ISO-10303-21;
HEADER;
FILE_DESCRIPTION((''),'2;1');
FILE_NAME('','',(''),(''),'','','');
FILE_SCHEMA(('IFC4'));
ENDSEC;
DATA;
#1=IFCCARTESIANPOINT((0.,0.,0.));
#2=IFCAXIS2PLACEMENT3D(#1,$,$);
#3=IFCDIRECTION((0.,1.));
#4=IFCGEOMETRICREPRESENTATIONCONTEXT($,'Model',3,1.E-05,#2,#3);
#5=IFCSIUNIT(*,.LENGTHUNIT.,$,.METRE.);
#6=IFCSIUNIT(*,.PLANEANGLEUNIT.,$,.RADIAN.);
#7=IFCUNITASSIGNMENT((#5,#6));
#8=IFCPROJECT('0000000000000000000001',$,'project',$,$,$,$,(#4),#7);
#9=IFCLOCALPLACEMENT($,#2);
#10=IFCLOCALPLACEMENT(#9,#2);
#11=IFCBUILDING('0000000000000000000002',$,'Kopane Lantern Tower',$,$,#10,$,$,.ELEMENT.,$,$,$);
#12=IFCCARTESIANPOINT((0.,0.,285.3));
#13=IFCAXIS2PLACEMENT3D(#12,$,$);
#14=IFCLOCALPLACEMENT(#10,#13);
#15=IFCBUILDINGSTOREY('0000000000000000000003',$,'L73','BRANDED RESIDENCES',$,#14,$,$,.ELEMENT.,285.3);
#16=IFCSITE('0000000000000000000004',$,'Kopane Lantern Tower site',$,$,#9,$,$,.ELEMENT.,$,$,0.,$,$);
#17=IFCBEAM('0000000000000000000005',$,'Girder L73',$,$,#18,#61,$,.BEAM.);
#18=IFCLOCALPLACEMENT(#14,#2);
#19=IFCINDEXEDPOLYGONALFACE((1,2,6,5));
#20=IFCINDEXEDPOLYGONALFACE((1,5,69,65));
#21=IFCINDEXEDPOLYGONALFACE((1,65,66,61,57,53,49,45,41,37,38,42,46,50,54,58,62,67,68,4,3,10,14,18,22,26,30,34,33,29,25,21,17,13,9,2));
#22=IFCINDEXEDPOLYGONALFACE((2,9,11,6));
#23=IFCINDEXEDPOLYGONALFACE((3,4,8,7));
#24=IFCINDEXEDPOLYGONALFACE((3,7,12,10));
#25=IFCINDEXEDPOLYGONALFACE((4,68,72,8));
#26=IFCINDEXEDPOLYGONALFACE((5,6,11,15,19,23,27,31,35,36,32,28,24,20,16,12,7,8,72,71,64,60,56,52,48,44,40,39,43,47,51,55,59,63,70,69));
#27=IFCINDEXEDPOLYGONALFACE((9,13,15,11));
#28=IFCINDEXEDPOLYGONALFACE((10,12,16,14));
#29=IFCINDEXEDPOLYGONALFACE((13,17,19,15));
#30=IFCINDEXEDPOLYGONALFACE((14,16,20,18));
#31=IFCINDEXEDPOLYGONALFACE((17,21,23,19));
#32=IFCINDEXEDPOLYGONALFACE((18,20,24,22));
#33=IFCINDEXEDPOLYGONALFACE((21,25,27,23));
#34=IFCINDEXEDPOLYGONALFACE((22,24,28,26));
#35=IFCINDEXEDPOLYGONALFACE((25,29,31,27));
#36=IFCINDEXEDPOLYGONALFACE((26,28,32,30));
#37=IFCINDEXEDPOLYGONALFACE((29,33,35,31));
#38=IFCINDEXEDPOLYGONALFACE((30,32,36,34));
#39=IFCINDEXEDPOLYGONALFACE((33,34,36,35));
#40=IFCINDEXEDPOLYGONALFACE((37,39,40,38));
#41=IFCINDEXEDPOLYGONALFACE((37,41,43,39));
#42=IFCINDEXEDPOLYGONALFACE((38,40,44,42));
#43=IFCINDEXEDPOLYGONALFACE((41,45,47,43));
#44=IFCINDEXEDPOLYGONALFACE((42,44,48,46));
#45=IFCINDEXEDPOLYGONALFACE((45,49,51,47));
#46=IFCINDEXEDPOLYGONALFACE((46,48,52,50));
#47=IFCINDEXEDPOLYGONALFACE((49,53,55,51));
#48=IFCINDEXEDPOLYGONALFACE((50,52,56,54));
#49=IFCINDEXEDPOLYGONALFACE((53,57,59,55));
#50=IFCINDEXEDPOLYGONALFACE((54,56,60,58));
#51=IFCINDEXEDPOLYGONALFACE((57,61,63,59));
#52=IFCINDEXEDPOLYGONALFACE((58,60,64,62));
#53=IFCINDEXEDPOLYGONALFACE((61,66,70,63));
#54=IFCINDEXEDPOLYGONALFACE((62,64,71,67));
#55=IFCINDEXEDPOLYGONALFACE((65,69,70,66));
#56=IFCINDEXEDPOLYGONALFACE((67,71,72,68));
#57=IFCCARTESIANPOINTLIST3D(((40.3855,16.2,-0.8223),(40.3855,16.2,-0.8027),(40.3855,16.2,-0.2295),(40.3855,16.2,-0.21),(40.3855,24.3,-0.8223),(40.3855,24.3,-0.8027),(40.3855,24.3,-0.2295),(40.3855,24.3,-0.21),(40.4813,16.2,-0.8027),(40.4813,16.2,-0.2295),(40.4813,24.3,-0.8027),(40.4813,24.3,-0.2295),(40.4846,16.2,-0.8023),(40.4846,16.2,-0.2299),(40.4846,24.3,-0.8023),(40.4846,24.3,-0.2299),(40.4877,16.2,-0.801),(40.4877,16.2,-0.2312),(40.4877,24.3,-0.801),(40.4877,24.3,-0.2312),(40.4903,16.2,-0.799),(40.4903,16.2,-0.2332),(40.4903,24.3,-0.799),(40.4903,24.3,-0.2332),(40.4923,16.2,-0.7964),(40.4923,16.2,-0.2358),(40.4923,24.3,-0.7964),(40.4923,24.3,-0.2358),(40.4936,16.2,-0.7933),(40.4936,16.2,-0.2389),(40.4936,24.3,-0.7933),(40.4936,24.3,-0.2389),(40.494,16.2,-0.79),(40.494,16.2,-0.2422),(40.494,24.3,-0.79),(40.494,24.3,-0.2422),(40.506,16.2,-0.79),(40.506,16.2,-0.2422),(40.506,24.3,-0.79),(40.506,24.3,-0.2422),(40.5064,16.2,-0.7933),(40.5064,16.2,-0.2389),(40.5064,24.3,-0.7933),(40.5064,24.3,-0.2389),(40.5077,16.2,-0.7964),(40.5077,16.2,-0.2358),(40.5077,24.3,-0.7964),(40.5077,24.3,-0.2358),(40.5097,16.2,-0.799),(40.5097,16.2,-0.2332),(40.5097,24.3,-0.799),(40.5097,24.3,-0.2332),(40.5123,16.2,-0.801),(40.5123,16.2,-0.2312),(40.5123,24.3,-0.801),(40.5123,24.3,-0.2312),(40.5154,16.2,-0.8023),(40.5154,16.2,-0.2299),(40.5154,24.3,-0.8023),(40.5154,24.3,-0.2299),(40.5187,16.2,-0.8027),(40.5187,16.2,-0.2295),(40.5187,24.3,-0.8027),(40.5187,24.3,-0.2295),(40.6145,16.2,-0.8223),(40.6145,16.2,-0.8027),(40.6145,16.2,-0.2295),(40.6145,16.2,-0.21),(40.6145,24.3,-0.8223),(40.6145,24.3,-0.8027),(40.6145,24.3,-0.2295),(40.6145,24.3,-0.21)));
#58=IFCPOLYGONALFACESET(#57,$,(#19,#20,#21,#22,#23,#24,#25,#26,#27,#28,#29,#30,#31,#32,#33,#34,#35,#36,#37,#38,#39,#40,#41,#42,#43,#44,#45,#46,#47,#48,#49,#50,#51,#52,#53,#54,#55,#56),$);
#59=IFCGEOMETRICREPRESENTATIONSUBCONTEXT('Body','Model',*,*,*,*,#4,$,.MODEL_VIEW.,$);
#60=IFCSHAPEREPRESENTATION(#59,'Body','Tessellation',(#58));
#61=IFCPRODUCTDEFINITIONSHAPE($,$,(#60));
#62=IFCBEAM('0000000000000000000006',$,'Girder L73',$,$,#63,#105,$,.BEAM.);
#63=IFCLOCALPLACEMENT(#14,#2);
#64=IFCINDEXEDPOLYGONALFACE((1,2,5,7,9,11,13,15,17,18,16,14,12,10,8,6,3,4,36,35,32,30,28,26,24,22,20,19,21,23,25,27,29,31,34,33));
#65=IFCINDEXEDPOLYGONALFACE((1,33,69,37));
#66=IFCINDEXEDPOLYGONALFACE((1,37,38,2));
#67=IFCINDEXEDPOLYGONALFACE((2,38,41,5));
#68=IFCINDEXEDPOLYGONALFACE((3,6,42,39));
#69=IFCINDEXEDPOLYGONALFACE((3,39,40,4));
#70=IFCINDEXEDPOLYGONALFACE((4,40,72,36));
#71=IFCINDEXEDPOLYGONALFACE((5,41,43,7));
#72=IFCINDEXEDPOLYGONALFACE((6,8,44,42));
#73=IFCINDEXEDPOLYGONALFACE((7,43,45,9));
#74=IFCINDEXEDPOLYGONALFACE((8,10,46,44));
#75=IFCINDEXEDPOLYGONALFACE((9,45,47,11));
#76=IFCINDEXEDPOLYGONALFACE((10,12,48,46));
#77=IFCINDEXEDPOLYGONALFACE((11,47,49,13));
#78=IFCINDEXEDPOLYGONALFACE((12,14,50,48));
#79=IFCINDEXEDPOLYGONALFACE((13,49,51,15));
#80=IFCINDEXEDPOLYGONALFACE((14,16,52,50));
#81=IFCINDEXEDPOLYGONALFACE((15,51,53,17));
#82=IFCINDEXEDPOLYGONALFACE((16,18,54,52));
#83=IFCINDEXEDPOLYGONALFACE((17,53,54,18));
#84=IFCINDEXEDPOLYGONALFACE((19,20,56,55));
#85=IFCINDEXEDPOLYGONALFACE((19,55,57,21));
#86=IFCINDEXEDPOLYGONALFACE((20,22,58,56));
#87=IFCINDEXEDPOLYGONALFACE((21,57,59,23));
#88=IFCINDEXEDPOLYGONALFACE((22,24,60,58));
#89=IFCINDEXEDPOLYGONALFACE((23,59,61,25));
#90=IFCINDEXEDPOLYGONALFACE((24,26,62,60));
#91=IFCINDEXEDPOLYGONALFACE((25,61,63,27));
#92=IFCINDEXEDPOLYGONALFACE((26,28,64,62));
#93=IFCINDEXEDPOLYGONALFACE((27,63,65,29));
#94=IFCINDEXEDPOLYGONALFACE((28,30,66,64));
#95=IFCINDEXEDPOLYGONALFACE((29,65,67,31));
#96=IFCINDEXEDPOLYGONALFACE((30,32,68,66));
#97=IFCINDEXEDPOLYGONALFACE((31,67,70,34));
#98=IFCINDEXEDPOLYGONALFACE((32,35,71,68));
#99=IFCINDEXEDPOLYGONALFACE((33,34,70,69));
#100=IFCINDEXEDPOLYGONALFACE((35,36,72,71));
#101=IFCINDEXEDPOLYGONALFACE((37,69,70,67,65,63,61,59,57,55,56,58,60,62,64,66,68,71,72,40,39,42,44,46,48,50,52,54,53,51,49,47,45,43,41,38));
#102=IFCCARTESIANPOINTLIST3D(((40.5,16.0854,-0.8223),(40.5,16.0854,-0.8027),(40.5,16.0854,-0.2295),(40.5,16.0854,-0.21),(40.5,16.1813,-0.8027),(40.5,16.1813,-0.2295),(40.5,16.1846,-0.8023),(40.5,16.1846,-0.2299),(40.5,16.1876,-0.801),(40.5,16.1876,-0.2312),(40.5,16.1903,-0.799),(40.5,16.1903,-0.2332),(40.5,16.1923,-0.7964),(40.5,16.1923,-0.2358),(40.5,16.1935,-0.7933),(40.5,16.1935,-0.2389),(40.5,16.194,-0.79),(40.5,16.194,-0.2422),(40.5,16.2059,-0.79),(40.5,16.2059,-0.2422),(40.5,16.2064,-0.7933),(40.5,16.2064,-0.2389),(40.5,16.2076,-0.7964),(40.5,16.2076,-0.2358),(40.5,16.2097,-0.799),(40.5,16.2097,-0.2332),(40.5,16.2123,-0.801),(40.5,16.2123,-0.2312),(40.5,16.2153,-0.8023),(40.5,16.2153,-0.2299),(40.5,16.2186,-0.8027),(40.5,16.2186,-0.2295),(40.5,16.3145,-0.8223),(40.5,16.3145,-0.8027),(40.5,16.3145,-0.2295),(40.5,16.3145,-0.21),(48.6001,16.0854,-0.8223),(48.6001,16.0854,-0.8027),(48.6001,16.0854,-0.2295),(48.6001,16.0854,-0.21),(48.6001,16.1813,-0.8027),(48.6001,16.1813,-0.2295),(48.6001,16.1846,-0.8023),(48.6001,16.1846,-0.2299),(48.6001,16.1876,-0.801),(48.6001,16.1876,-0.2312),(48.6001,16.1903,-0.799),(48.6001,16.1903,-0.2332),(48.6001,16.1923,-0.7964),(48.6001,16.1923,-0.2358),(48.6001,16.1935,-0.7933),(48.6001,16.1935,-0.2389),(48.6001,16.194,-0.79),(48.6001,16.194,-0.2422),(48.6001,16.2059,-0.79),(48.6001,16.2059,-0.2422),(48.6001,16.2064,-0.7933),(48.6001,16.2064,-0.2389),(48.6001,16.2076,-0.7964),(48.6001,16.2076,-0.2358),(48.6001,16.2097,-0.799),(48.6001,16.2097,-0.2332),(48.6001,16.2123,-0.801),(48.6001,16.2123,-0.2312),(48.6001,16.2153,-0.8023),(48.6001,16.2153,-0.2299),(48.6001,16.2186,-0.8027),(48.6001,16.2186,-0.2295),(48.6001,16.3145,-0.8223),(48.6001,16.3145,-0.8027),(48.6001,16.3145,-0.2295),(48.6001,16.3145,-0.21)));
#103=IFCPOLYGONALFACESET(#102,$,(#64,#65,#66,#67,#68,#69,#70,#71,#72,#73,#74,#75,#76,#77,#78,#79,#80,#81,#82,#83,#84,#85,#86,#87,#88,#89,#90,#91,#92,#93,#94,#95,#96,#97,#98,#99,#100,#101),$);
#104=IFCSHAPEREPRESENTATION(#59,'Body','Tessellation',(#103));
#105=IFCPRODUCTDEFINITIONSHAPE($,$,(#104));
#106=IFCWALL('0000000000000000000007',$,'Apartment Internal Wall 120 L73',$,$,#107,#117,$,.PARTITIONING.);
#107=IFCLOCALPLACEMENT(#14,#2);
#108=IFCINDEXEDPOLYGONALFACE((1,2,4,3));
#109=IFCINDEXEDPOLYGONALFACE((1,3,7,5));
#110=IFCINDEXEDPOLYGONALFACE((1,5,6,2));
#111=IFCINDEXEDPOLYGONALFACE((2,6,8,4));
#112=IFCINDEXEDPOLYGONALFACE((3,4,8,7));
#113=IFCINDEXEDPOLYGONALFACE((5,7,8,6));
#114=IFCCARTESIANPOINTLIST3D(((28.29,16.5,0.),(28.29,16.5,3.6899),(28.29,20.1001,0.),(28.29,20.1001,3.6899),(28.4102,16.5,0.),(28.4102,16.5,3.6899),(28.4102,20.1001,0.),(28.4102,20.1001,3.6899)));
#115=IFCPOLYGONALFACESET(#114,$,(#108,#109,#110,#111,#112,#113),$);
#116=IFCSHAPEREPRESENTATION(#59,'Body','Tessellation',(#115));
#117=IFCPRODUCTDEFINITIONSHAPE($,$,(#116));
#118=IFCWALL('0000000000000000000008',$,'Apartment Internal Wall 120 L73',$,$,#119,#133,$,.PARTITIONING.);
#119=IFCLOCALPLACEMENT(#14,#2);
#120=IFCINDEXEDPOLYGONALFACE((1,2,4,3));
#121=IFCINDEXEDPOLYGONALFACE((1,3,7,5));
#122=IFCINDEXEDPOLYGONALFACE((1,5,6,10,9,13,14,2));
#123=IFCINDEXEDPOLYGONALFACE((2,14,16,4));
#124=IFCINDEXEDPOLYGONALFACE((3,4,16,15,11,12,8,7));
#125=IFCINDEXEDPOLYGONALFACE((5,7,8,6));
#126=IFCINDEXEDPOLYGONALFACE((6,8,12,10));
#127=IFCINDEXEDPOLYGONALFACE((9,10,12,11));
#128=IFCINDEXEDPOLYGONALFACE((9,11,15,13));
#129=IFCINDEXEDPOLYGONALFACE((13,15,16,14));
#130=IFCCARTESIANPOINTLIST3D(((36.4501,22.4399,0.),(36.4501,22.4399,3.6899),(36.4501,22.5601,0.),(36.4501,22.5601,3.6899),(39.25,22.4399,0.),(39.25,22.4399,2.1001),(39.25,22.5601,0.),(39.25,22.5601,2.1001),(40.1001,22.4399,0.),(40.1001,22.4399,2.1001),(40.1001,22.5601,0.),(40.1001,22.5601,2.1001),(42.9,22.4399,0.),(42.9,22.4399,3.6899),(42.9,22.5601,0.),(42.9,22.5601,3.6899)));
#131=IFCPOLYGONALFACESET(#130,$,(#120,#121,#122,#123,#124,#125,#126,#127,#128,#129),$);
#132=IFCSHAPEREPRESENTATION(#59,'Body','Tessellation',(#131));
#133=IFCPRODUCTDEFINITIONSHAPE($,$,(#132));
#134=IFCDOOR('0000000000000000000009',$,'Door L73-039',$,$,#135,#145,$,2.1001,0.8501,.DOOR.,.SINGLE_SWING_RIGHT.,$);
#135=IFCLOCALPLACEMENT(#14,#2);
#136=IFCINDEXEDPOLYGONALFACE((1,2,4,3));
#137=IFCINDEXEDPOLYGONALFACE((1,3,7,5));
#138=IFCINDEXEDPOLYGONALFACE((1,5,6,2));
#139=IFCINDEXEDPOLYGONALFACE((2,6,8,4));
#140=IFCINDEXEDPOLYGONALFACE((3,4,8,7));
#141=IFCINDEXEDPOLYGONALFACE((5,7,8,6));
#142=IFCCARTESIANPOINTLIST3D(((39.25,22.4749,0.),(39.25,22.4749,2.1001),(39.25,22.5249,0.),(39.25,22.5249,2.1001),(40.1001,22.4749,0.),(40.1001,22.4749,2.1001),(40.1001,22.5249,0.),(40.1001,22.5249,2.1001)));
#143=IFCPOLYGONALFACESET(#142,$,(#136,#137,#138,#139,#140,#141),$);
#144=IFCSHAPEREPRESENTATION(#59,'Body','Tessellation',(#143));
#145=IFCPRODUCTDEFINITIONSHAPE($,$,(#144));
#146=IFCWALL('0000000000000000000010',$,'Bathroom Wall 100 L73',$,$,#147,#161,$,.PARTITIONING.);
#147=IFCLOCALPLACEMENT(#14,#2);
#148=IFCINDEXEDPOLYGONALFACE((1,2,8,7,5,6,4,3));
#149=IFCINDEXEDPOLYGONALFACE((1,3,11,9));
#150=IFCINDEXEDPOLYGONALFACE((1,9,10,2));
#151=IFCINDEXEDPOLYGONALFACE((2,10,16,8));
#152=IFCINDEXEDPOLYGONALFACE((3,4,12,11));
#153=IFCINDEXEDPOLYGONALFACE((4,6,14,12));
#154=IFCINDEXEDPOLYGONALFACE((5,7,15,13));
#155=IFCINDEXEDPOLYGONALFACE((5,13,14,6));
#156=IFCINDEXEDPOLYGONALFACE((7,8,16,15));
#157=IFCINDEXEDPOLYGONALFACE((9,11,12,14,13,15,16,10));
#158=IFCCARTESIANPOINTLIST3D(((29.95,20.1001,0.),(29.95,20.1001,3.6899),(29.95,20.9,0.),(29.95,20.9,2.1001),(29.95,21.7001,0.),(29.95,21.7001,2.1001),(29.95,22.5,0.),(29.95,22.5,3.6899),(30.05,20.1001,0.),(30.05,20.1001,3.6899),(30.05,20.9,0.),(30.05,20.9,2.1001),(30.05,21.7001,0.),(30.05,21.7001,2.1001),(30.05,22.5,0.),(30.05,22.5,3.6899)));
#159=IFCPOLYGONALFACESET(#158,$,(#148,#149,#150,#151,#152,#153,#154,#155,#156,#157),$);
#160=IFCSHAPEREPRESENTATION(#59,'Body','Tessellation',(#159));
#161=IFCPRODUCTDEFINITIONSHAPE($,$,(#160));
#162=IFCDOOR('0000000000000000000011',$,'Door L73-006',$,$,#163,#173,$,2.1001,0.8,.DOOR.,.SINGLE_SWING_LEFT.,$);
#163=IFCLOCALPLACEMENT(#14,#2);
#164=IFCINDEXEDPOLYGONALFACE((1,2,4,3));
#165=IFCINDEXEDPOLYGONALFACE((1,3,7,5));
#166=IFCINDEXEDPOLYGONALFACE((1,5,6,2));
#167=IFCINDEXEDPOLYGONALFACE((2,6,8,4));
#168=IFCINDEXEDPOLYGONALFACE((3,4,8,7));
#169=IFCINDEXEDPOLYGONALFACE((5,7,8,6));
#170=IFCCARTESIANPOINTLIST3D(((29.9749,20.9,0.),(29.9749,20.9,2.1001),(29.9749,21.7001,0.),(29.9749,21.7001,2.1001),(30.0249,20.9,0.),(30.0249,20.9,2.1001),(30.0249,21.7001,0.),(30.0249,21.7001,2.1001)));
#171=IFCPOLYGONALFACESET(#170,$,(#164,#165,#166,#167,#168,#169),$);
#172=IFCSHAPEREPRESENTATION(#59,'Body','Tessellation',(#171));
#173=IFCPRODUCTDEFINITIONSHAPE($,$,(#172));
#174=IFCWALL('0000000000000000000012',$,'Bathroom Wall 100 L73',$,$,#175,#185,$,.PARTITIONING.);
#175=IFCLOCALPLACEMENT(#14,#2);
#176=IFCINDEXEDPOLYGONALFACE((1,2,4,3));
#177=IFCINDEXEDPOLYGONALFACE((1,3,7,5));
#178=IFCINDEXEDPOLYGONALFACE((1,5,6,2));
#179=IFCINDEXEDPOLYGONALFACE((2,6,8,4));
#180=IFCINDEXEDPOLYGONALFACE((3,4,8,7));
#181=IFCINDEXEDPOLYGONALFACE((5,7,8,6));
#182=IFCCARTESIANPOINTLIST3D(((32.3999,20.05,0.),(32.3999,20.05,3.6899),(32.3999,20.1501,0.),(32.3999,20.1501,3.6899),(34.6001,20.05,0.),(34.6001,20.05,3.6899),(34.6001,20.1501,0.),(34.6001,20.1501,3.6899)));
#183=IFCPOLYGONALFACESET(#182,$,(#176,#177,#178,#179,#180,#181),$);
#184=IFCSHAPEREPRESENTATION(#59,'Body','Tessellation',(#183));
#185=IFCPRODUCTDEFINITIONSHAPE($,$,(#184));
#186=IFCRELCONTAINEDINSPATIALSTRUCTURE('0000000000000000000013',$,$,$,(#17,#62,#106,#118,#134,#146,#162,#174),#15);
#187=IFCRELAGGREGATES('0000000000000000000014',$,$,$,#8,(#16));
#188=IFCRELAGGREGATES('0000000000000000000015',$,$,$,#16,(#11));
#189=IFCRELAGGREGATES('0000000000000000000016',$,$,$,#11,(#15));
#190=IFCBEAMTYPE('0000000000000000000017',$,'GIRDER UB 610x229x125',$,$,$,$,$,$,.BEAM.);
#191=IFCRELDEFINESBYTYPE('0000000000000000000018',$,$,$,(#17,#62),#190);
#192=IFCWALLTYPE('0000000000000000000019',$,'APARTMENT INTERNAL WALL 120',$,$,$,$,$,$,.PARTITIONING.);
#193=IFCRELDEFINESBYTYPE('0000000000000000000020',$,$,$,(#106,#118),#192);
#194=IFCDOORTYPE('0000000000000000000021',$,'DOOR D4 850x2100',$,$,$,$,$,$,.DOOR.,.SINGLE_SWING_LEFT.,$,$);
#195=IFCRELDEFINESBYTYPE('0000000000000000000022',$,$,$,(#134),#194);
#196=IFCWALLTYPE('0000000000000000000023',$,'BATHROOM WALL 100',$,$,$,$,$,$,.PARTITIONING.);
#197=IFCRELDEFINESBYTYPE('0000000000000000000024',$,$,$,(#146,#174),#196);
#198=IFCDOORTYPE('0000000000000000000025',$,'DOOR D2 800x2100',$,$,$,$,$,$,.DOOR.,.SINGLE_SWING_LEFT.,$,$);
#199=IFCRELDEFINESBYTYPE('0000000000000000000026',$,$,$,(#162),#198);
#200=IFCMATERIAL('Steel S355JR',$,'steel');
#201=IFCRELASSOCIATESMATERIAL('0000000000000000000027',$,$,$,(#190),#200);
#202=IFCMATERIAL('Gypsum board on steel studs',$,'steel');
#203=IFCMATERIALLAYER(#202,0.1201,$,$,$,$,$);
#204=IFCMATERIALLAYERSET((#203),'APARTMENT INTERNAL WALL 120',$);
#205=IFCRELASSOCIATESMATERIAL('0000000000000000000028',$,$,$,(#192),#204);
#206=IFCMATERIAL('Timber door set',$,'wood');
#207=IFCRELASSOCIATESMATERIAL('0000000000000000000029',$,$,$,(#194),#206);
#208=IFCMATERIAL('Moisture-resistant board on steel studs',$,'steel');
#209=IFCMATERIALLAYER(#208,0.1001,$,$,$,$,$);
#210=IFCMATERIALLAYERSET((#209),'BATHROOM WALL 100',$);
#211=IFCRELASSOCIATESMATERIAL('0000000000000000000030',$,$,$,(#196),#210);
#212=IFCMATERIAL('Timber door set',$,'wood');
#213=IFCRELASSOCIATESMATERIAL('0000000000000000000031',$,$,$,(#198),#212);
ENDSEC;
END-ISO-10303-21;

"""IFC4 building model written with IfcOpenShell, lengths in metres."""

from ifc_helpers import new_model, si_unit, direction, frame, frame_2d, origin, origin_2d, place, context, subcontext, project, spatial, rectangle, i_section, extrude, material, layer, layer_set, material_profile, profile_set, type_object, element, fill, save


model = new_model("IFC4")

# Units and contexts
model_context = context("Model", 3, precision=1e-05, world=origin(), true_north=direction((0.0, 1.0)))
body_context = subcontext(model_context, "Body", "Model", "MODEL_VIEW")
ifc_project = project(units=[si_unit("LENGTHUNIT", "METRE"), si_unit("PLANEANGLEUNIT", "RADIAN")], contexts=[model_context])

# Site, building, storey
site_placement = place(None, origin())
site = spatial("IfcSite", under=ifc_project, at=site_placement, Name="Kopane Lantern Tower site", CompositionType="ELEMENT", RefElevation=0.0)
building_placement = place(site_placement, origin())
building = spatial("IfcBuilding", under=site, at=building_placement, Name="Kopane Lantern Tower", CompositionType="ELEMENT")
storey_placement = place(building_placement, frame((0.0, 0.0, 285.3)))
storey = spatial("IfcBuildingStorey", under=building, at=storey_placement, Name="L73", Description="BRANDED RESIDENCES", CompositionType="ELEMENT", Elevation=285.3)

# Beams
ifc_material_1 = material(Name="Steel S355JR", Category="steel")
ifc_material_profile_1 = material_profile(ifc_material_1, i_section(OverallWidth=0.229, OverallDepth=0.6123, WebThickness=0.012, FlangeThickness=0.0195, FilletRadius=0.0127, at=origin_2d()), Name="UB 610x229x125")
ifc_profile_set_1 = profile_set([ifc_material_profile_1], Name="Steel S355JR")
beam_type_1 = type_object("IfcBeamType", Name="GIRDER UB 610x229x125", PredefinedType="BEAM", material=ifc_profile_set_1)
for number, where, z_axis, x_axis, name in (
    (1, (40.5, 16.2, -0.5161), (0.0, 1.0, 0.0), (-1.0, 0.0, 0.0), "Girder L73"),
    (2, (40.5, 16.2, -0.5161), (1.0, 0.0, 0.0), (0.0, 1.0, 0.0), "Girder L73"),
):
    element("IfcBeam", number, at=place(storey_placement, frame(where, z_axis=z_axis, x_axis=x_axis)), inside=storey, type_object=beam_type_1, Name=name, PredefinedType="BEAM", context=body_context, shape_type="SweptSolid", body=[
        extrude(i_section(OverallWidth=0.229, OverallDepth=0.6123, WebThickness=0.012, FlangeThickness=0.0195, FilletRadius=0.0127, at=origin_2d()), origin(), (0.0, 0.0, 1.0), 8.1001),
    ])

# Wall
ifc_material_2 = material(Name="Gypsum board on steel studs", Category="steel")
ifc_layer_1 = layer(ifc_material_2, 0.1201)
ifc_layer_set_1 = layer_set([ifc_layer_1], Name="APARTMENT INTERNAL WALL 120")
wall_type_1 = type_object("IfcWallType", Name="APARTMENT INTERNAL WALL 120", PredefinedType="PARTITIONING", material=ifc_layer_set_1)
wall_1_placement = place(storey_placement, frame((28.3501, 20.1001, 0.0), z_axis=(0.0, 0.0, 1.0), x_axis=(0.0, -1.0, 0.0)))
element("IfcWall", 3, at=wall_1_placement, inside=storey, type_object=wall_type_1, Name="Apartment Internal Wall 120 L73", PredefinedType="PARTITIONING", context=body_context, shape_type="SweptSolid", body=[
    extrude(rectangle(XDim=3.6001, YDim=0.1201, at=frame_2d((1.8, 0.0))), origin(), (0.0, 0.0, 1.0), 3.6899),
])

# Walls, openings, doors
wall_2_placement = place(storey_placement, frame((36.45, 22.5, 0.0), z_axis=(0.0, 0.0, 1.0), x_axis=(1.0, 0.0, 0.0)))
wall_2 = element("IfcWall", 4, at=wall_2_placement, inside=storey, type_object=wall_type_1, Name="Apartment Internal Wall 120 L73", PredefinedType="PARTITIONING", context=body_context, shape_type="SweptSolid", body=[
    extrude(rectangle(XDim=6.45, YDim=0.1201, at=frame_2d((3.2251, 0.0))), origin(), (0.0, 0.0, 1.0), 3.6899),
])
opening_1_placement = place(wall_2_placement, frame((2.8, 0.0, 0.0)))
opening_1 = element("IfcOpeningElement", 5, at=opening_1_placement, cuts=wall_2, PredefinedType="OPENING", context=body_context, shape_type="SweptSolid", body=[
    extrude(rectangle(XDim=0.8501, YDim=2.1001, at=frame_2d((0.425, 1.05))), frame((0.0, 0.0701, 0.0), z_axis=(0.0, -1.0, 0.0), x_axis=(1.0, 0.0, 0.0)), (0.0, 0.0, 1.0), 0.1401),
])
ifc_material_3 = material(Name="Timber door set", Category="wood")
door_type_1 = type_object("IfcDoorType", Name="DOOR D4 850x2100", OperationType="SINGLE_SWING_LEFT", PredefinedType="DOOR", material=ifc_material_3)
door_1_placement = place(opening_1_placement, origin())
door_1 = element("IfcDoor", 6, at=door_1_placement, inside=storey, type_object=door_type_1, Name="Door L73-039", OperationType="SINGLE_SWING_RIGHT", OverallHeight=2.1001, OverallWidth=0.8501, PredefinedType="DOOR", context=body_context, shape_type="SweptSolid", body=[
    extrude(rectangle(XDim=0.8501, YDim=2.1001, at=frame_2d((0.425, 1.05))), frame((0.0, 0.0249, 0.0), z_axis=(0.0, -1.0, 0.0), x_axis=(1.0, 0.0, 0.0)), (0.0, 0.0, 1.0), 0.05),
])
fill(opening_1, door_1)
ifc_material_4 = material(Name="Moisture-resistant board on steel studs", Category="steel")
ifc_layer_2 = layer(ifc_material_4, 0.1001)
ifc_layer_set_2 = layer_set([ifc_layer_2], Name="BATHROOM WALL 100")
wall_type_2 = type_object("IfcWallType", Name="BATHROOM WALL 100", PredefinedType="PARTITIONING", material=ifc_layer_set_2)
wall_3_placement = place(storey_placement, frame((30.0, 22.5, 0.0), z_axis=(0.0, 0.0, 1.0), x_axis=(0.0, -1.0, 0.0)))
wall_3 = element("IfcWall", 7, at=wall_3_placement, inside=storey, type_object=wall_type_2, Name="Bathroom Wall 100 L73", PredefinedType="PARTITIONING", context=body_context, shape_type="SweptSolid", body=[
    extrude(rectangle(XDim=2.3999, YDim=0.1001, at=frame_2d((1.2, 0.0))), origin(), (0.0, 0.0, 1.0), 3.6899),
])
opening_2_placement = place(wall_3_placement, frame((0.8, 0.0, 0.0)))
opening_2 = element("IfcOpeningElement", 8, at=opening_2_placement, cuts=wall_3, PredefinedType="OPENING", context=body_context, shape_type="SweptSolid", body=[
    extrude(rectangle(XDim=0.8, YDim=2.1001, at=frame_2d((0.3999, 1.05))), frame((0.0, 0.0601, 0.0), z_axis=(0.0, -1.0, 0.0), x_axis=(1.0, 0.0, 0.0)), (0.0, 0.0, 1.0), 0.1201),
])
ifc_material_5 = material(Name="Timber door set", Category="wood")
door_type_2 = type_object("IfcDoorType", Name="DOOR D2 800x2100", OperationType="SINGLE_SWING_LEFT", PredefinedType="DOOR", material=ifc_material_5)
door_2_placement = place(opening_2_placement, origin())
door_2 = element("IfcDoor", 9, at=door_2_placement, inside=storey, type_object=door_type_2, Name="Door L73-006", OperationType="SINGLE_SWING_LEFT", OverallHeight=2.1001, OverallWidth=0.8, PredefinedType="DOOR", context=body_context, shape_type="SweptSolid", body=[
    extrude(rectangle(XDim=0.8, YDim=2.1001, at=frame_2d((0.3999, 1.05))), frame((0.0, 0.0249, 0.0), z_axis=(0.0, -1.0, 0.0), x_axis=(1.0, 0.0, 0.0)), (0.0, 0.0, 1.0), 0.05),
])
fill(opening_2, door_2)

# Wall
wall_4_placement = place(storey_placement, frame((32.3999, 20.1001, 0.0), z_axis=(0.0, 0.0, 1.0), x_axis=(1.0, 0.0, 0.0)))
element("IfcWall", 10, at=wall_4_placement, inside=storey, type_object=wall_type_2, Name="Bathroom Wall 100 L73", PredefinedType="PARTITIONING", context=body_context, shape_type="SweptSolid", body=[
    extrude(rectangle(XDim=2.2002, YDim=0.1001, at=frame_2d((1.1001, 0.0))), origin(), (0.0, 0.0, 1.0), 3.6899),
])

save(model, "model.ifc")
